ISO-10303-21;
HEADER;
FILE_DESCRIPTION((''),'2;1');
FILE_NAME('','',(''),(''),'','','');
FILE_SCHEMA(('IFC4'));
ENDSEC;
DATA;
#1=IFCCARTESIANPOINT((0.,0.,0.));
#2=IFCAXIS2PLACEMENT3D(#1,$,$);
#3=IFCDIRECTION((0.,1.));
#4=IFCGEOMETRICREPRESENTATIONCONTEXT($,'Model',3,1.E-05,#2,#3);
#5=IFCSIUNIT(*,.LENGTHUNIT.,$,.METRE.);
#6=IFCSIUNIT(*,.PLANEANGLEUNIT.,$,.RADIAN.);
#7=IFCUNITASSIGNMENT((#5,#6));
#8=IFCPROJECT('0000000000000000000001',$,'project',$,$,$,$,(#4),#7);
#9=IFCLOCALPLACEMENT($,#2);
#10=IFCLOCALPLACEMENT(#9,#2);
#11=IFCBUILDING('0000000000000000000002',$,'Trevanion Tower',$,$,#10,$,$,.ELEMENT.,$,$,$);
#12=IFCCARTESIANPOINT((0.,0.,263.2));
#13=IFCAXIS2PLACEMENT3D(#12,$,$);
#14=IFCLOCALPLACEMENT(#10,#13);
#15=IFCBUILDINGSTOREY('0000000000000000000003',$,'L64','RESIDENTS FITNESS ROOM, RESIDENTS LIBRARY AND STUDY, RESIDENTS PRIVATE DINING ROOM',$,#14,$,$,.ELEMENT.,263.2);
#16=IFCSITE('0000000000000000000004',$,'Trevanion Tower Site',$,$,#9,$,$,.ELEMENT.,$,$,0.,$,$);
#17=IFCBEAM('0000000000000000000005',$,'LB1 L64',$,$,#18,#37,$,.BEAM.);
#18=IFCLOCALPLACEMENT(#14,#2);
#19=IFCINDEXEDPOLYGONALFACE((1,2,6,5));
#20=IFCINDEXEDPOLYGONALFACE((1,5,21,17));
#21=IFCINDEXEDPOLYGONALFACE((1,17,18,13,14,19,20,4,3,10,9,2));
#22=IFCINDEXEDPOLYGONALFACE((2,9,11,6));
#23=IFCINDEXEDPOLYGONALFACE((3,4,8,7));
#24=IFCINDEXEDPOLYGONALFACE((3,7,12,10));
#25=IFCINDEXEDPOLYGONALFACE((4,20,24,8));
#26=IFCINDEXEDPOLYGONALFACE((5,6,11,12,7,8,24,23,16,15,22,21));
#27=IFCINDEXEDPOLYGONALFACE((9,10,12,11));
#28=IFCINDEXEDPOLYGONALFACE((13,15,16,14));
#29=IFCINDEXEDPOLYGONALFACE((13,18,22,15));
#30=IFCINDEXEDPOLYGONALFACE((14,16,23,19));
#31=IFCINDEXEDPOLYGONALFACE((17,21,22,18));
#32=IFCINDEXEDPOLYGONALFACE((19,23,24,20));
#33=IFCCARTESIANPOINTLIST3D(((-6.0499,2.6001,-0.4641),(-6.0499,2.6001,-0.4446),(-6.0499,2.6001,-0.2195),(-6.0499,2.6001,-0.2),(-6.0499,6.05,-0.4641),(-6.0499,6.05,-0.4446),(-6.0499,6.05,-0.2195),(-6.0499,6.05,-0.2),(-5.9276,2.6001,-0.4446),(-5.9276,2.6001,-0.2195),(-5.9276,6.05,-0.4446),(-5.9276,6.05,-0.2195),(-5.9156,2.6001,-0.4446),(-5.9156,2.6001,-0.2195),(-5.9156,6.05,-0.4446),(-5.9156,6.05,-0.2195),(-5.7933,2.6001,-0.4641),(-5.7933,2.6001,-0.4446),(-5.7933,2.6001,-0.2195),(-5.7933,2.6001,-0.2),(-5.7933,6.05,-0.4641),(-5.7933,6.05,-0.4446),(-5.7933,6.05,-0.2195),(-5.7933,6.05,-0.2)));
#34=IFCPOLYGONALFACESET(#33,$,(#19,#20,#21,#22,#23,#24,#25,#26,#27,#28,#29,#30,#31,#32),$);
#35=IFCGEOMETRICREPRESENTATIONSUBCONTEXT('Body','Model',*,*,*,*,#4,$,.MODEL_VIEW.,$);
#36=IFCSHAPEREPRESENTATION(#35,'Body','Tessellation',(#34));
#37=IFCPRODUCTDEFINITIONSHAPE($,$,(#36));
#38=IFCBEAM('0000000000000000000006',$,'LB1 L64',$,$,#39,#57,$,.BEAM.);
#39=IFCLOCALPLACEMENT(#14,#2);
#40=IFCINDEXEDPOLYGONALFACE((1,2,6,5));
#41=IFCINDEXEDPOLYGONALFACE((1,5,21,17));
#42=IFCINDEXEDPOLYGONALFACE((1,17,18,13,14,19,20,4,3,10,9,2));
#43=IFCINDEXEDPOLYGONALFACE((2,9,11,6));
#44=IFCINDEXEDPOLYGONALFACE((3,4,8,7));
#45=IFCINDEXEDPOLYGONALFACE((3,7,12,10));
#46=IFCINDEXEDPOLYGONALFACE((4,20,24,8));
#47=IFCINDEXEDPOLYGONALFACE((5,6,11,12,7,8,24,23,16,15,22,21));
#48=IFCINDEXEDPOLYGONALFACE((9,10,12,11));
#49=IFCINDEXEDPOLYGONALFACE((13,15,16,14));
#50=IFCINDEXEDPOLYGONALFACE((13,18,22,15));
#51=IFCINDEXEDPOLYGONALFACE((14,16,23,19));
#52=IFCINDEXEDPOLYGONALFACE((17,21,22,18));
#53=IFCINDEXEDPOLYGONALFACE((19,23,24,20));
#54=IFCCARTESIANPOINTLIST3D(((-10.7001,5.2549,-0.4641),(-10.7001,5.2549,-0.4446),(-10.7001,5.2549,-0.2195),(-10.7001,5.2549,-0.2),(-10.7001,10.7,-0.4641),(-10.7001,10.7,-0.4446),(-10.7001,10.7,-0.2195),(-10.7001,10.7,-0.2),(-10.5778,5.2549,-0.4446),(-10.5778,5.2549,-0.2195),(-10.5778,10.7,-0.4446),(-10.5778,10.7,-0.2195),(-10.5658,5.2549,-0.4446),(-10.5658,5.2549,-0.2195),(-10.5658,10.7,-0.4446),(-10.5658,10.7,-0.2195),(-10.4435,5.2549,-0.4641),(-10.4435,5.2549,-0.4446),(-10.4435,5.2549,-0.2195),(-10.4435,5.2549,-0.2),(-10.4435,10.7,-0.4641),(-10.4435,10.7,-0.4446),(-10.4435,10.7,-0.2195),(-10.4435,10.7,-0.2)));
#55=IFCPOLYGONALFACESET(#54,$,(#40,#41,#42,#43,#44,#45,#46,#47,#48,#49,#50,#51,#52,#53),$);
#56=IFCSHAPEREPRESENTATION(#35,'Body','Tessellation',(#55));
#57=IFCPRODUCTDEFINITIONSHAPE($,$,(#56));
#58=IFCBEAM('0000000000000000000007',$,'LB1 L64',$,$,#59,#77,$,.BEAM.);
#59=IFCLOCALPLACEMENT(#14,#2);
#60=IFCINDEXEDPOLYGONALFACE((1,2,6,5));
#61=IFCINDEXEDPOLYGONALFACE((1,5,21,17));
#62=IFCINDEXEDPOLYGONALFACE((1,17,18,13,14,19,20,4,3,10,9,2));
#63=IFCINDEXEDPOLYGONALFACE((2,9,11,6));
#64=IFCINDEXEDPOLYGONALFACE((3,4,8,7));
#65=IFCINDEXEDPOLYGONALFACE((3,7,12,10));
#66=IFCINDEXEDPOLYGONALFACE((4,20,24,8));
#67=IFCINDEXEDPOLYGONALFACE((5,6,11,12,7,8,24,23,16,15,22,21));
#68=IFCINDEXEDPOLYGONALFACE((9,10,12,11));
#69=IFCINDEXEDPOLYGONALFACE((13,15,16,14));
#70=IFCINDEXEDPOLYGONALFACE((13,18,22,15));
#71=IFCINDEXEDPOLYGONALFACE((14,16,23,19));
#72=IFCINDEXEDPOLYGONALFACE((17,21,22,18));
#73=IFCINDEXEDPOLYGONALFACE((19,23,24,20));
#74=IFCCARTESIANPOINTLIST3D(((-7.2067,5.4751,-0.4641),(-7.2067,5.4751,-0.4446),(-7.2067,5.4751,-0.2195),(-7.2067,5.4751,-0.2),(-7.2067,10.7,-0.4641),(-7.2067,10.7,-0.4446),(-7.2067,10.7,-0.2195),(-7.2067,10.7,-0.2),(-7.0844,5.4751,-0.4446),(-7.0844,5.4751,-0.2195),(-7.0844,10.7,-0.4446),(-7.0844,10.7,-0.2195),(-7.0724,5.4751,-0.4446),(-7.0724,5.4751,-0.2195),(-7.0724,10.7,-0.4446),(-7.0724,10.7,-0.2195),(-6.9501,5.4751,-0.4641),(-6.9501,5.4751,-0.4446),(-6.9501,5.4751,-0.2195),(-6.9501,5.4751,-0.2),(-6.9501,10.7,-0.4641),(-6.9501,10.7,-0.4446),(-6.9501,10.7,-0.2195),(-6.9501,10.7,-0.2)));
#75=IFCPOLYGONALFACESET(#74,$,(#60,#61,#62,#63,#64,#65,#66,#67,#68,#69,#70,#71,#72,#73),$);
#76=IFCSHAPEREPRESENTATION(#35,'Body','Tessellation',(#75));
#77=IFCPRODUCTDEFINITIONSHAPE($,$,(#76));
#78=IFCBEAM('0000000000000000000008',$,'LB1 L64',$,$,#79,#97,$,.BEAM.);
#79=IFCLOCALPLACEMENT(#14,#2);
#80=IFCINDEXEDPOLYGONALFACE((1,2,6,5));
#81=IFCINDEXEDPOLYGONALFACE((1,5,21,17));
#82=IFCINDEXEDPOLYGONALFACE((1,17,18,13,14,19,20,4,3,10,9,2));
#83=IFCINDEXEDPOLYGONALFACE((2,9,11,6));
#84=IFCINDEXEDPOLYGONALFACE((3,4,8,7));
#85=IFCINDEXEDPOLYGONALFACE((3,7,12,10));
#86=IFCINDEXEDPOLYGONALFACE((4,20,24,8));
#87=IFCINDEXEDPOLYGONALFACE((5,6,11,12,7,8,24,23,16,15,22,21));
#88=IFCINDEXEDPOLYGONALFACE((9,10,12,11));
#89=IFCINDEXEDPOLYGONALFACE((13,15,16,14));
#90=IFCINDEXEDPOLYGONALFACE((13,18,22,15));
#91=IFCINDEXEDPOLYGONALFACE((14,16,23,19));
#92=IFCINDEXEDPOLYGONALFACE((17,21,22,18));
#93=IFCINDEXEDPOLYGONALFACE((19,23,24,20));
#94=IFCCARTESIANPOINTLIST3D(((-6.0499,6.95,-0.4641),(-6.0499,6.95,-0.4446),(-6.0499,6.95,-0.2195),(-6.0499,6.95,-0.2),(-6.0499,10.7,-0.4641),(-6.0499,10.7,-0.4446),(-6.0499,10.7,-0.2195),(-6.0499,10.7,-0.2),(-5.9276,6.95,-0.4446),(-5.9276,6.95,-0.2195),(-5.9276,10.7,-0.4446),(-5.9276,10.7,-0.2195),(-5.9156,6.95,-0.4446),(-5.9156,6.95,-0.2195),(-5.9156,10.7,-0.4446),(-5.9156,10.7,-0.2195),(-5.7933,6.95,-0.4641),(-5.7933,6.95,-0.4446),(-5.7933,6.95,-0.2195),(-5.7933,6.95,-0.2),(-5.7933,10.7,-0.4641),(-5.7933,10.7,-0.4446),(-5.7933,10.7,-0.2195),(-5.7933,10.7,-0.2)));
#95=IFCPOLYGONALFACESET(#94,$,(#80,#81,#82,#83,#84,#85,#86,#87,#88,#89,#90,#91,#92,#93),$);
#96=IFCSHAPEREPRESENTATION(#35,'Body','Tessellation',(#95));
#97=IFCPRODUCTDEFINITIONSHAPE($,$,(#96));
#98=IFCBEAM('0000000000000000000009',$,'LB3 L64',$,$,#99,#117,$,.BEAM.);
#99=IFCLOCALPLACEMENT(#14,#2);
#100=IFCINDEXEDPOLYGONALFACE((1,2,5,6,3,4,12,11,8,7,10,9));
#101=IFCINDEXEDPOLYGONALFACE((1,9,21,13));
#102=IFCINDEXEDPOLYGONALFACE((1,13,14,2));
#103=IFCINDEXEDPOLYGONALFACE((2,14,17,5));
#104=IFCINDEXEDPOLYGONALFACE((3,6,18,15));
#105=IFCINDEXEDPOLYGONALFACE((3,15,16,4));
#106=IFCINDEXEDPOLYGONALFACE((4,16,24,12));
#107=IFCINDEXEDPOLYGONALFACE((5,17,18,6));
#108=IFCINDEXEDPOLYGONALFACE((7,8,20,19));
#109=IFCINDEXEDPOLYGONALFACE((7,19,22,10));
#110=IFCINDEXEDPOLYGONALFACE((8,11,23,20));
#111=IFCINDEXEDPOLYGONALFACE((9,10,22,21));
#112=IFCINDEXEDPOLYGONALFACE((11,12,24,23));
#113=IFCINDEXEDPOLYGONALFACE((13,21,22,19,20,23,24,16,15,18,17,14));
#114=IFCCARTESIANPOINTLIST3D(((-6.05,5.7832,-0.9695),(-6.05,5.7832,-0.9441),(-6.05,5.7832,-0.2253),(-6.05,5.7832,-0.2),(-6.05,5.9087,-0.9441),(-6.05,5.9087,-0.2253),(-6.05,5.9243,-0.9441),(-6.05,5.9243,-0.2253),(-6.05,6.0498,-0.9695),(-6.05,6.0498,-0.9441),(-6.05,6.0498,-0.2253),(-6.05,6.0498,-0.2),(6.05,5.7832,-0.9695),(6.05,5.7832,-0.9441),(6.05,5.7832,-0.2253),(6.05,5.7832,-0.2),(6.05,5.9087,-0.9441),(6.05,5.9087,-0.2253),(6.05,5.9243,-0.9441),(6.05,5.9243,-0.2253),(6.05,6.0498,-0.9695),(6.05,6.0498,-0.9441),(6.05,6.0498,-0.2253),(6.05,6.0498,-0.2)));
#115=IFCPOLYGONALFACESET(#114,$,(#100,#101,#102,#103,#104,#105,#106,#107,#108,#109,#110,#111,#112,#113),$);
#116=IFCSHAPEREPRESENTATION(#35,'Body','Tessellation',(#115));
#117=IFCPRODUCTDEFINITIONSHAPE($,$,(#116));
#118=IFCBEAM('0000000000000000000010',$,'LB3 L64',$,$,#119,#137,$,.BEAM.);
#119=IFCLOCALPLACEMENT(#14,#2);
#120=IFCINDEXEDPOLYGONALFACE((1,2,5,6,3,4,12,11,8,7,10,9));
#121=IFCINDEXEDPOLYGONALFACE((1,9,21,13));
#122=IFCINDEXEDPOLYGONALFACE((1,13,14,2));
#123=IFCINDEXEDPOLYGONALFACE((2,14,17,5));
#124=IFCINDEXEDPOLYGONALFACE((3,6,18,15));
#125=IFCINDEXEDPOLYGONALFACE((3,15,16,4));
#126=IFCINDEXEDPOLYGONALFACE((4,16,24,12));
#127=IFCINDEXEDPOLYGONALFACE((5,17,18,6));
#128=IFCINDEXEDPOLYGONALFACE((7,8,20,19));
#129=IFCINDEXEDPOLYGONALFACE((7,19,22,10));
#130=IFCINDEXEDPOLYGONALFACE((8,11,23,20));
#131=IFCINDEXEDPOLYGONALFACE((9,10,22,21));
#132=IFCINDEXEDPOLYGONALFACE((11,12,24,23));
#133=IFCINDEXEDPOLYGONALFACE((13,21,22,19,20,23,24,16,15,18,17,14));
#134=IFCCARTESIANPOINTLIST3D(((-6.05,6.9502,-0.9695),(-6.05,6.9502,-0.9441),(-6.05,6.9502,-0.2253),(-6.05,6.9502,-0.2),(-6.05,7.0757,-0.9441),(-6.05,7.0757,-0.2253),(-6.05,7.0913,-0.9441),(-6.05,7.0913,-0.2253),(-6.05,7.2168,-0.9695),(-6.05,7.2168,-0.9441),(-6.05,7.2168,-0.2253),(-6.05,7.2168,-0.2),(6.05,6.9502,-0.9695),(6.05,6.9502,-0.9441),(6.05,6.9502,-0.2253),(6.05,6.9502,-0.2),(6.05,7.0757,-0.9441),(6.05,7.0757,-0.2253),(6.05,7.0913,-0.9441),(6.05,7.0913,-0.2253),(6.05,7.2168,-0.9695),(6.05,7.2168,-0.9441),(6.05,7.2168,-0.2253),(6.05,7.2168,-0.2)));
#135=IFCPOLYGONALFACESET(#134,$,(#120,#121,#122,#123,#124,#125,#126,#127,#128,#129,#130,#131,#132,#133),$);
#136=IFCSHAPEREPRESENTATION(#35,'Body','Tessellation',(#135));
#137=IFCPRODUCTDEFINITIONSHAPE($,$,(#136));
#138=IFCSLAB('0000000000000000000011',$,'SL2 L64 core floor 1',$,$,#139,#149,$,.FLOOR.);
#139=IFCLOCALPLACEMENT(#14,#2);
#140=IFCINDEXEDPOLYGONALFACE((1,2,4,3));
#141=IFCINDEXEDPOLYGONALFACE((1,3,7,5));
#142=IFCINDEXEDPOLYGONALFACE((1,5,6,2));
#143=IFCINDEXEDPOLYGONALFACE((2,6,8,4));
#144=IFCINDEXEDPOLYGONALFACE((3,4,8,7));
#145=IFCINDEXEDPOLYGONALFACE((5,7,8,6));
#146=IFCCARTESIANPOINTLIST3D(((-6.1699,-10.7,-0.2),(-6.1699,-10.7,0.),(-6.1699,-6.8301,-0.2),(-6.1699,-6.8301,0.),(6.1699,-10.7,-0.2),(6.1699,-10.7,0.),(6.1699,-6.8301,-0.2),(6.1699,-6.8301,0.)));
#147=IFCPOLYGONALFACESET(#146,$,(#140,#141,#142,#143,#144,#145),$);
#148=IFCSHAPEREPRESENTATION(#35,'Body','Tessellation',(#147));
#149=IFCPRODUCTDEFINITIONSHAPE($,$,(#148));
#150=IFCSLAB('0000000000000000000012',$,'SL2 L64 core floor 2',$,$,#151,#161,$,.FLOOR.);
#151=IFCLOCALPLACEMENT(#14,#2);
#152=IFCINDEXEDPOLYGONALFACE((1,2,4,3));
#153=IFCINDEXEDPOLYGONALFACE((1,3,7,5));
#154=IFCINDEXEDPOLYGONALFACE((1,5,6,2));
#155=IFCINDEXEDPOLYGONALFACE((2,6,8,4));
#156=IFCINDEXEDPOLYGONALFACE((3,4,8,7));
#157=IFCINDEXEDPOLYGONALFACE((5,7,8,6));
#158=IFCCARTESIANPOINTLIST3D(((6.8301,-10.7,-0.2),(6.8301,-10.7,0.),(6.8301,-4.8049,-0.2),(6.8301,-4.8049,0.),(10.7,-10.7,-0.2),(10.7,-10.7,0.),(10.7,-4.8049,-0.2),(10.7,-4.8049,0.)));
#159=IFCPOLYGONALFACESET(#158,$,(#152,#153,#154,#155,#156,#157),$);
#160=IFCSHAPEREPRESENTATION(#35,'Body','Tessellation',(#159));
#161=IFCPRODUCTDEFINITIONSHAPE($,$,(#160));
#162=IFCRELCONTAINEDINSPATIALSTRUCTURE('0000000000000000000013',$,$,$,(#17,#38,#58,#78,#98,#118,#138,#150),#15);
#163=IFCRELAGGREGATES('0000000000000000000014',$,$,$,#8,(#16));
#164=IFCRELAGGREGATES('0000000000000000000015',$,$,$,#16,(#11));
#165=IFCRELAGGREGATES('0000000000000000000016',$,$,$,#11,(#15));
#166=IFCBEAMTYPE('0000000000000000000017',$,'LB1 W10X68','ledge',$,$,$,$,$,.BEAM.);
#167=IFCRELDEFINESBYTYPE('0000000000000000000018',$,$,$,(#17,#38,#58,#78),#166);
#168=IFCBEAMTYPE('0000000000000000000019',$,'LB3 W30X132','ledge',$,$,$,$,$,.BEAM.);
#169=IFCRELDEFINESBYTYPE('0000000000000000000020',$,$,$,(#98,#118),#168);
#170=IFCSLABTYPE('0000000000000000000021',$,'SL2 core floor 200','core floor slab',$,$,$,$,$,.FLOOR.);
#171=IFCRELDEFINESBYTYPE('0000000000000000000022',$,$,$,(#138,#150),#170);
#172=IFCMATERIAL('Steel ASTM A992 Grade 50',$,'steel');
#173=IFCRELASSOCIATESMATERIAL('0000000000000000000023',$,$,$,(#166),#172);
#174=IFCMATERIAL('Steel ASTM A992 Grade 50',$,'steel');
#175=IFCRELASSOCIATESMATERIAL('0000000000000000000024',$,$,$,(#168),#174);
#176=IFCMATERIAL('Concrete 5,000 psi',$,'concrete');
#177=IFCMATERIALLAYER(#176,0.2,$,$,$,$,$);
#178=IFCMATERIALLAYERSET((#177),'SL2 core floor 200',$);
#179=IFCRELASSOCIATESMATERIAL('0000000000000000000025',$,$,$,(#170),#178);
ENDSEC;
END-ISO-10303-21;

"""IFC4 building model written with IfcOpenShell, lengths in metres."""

from ifc_helpers import new_model, si_unit, direction, frame, origin, origin_2d, place, context, subcontext, project, spatial, polyline, i_section, outline, extrude, material, layer, layer_set, material_profile, profile_set, type_object, element, save


model = new_model("IFC4")

# Units and contexts
model_context = context("Model", 3, precision=1e-05, world=origin(), true_north=direction((0.0, 1.0)))
body_context = subcontext(model_context, "Body", "Model", "MODEL_VIEW")
ifc_project = project(units=[si_unit("LENGTHUNIT", "METRE"), si_unit("PLANEANGLEUNIT", "RADIAN")], contexts=[model_context])

# Site, building, storey
site_placement = place(None, origin())
site = spatial("IfcSite", under=ifc_project, at=site_placement, Name="Trevanion Tower Site", CompositionType="ELEMENT", RefElevation=0.0)
building_placement = place(site_placement, origin())
building = spatial("IfcBuilding", under=site, at=building_placement, Name="Trevanion Tower", CompositionType="ELEMENT")
storey_placement = place(building_placement, frame((0.0, 0.0, 263.2)))
storey = spatial("IfcBuildingStorey", under=building, at=storey_placement, Name="L64", Description="RESIDENTS FITNESS ROOM, RESIDENTS LIBRARY AND STUDY, RESIDENTS PRIVATE DINING ROOM", CompositionType="ELEMENT", Elevation=263.2)

# Beams
ifc_material_1 = material(Name="Steel ASTM A992 Grade 50", Category="steel")
ifc_material_profile_1 = material_profile(ifc_material_1, i_section(OverallWidth=0.2566, OverallDepth=0.2642, WebThickness=0.012, FlangeThickness=0.0195, at=origin_2d()), Name="W10X68")
ifc_profile_set_1 = profile_set([ifc_material_profile_1], Name="Steel ASTM A992 Grade 50")
beam_type_1 = type_object("IfcBeamType", Name="LB1 W10X68", Description="ledge", PredefinedType="BEAM", material=ifc_profile_set_1)
beam_1_placement = place(storey_placement, frame((-5.9216, 2.6001, -0.332), z_axis=(0.0, 1.0, 0.0), x_axis=(-1.0, 0.0, 0.0)))
element("IfcBeam", 1, at=beam_1_placement, inside=storey, type_object=beam_type_1, Name="LB1 L64", PredefinedType="BEAM", context=body_context, shape_type="SweptSolid", body=[
    extrude(i_section(OverallWidth=0.2566, OverallDepth=0.2642, WebThickness=0.012, FlangeThickness=0.0195, at=origin_2d()), origin(), (0.0, 0.0, 1.0), 3.45),
])
beam_2_placement = place(storey_placement, frame((-10.5718, 5.2549, -0.332), z_axis=(0.0, 1.0, 0.0), x_axis=(-1.0, 0.0, 0.0)))
element("IfcBeam", 2, at=beam_2_placement, inside=storey, type_object=beam_type_1, Name="LB1 L64", PredefinedType="BEAM", context=body_context, shape_type="SweptSolid", body=[
    extrude(i_section(OverallWidth=0.2566, OverallDepth=0.2642, WebThickness=0.012, FlangeThickness=0.0195, at=origin_2d()), origin(), (0.0, 0.0, 1.0), 5.4451),
])
beam_3_placement = place(storey_placement, frame((-7.0784, 5.4751, -0.332), z_axis=(0.0, 1.0, 0.0), x_axis=(-1.0, 0.0, 0.0)))
element("IfcBeam", 3, at=beam_3_placement, inside=storey, type_object=beam_type_1, Name="LB1 L64", PredefinedType="BEAM", context=body_context, shape_type="SweptSolid", body=[
    extrude(i_section(OverallWidth=0.2566, OverallDepth=0.2642, WebThickness=0.012, FlangeThickness=0.0195, at=origin_2d()), origin(), (0.0, 0.0, 1.0), 5.2249),
])
beam_4_placement = place(storey_placement, frame((-5.9216, 6.95, -0.332), z_axis=(0.0, 1.0, 0.0), x_axis=(-1.0, 0.0, 0.0)))
element("IfcBeam", 4, at=beam_4_placement, inside=storey, type_object=beam_type_1, Name="LB1 L64", PredefinedType="BEAM", context=body_context, shape_type="SweptSolid", body=[
    extrude(i_section(OverallWidth=0.2566, OverallDepth=0.2642, WebThickness=0.012, FlangeThickness=0.0195, at=origin_2d()), origin(), (0.0, 0.0, 1.0), 3.75),
])
ifc_material_2 = material(Name="Steel ASTM A992 Grade 50", Category="steel")
ifc_material_profile_2 = material_profile(ifc_material_2, i_section(OverallWidth=0.2666, OverallDepth=0.7695, WebThickness=0.0156, FlangeThickness=0.0254, at=origin_2d()), Name="W30X132")
ifc_profile_set_2 = profile_set([ifc_material_profile_2], Name="Steel ASTM A992 Grade 50")
beam_type_2 = type_object("IfcBeamType", Name="LB3 W30X132", Description="ledge", PredefinedType="BEAM", material=ifc_profile_set_2)
for number, where, z_axis, x_axis, name in (
    (5, (-6.05, 5.9165, -0.5847), (1.0, 0.0, 0.0), (0.0, 1.0, 0.0), "LB3 L64"),
    (6, (-6.05, 7.0835, -0.5847), (1.0, 0.0, 0.0), (0.0, 1.0, 0.0), "LB3 L64"),
):
    element("IfcBeam", number, at=place(storey_placement, frame(where, z_axis=z_axis, x_axis=x_axis)), inside=storey, type_object=beam_type_2, Name=name, PredefinedType="BEAM", context=body_context, shape_type="SweptSolid", body=[
        extrude(i_section(OverallWidth=0.2666, OverallDepth=0.7695, WebThickness=0.0156, FlangeThickness=0.0254, at=origin_2d()), origin(), (0.0, 0.0, 1.0), 12.1001),
    ])

# Slabs
ifc_material_3 = material(Name="Concrete 5,000 psi", Category="concrete")
ifc_layer_1 = layer(ifc_material_3, 0.2)
ifc_layer_set_1 = layer_set([ifc_layer_1], Name="SL2 core floor 200")
slab_type = type_object("IfcSlabType", Name="SL2 core floor 200", Description="core floor slab", PredefinedType="FLOOR", material=ifc_layer_set_1)
slab_1_placement = place(storey_placement, frame((0.0, 0.0, -0.2)))
element("IfcSlab", 7, at=slab_1_placement, inside=storey, type_object=slab_type, Name="SL2 L64 core floor 1", PredefinedType="FLOOR", context=body_context, shape_type="SweptSolid", body=[
    extrude(outline(polyline([(6.1699, -10.7), (-6.1699, -10.7), (-6.1699, -6.8301), (6.1699, -6.8301), (6.1699, -10.7)])), origin(), (0.0, 0.0, 1.0), 0.2),
])
slab_2_placement = place(storey_placement, frame((0.0, 0.0, -0.2)))
element("IfcSlab", 8, at=slab_2_placement, inside=storey, type_object=slab_type, Name="SL2 L64 core floor 2", PredefinedType="FLOOR", context=body_context, shape_type="SweptSolid", body=[
    extrude(outline(polyline([(6.8301, -4.8049), (10.7, -4.8049), (10.7, -10.7), (6.8301, -10.7), (6.8301, -4.8049)])), origin(), (0.0, 0.0, 1.0), 0.2),
])

save(model, "model.ifc")
